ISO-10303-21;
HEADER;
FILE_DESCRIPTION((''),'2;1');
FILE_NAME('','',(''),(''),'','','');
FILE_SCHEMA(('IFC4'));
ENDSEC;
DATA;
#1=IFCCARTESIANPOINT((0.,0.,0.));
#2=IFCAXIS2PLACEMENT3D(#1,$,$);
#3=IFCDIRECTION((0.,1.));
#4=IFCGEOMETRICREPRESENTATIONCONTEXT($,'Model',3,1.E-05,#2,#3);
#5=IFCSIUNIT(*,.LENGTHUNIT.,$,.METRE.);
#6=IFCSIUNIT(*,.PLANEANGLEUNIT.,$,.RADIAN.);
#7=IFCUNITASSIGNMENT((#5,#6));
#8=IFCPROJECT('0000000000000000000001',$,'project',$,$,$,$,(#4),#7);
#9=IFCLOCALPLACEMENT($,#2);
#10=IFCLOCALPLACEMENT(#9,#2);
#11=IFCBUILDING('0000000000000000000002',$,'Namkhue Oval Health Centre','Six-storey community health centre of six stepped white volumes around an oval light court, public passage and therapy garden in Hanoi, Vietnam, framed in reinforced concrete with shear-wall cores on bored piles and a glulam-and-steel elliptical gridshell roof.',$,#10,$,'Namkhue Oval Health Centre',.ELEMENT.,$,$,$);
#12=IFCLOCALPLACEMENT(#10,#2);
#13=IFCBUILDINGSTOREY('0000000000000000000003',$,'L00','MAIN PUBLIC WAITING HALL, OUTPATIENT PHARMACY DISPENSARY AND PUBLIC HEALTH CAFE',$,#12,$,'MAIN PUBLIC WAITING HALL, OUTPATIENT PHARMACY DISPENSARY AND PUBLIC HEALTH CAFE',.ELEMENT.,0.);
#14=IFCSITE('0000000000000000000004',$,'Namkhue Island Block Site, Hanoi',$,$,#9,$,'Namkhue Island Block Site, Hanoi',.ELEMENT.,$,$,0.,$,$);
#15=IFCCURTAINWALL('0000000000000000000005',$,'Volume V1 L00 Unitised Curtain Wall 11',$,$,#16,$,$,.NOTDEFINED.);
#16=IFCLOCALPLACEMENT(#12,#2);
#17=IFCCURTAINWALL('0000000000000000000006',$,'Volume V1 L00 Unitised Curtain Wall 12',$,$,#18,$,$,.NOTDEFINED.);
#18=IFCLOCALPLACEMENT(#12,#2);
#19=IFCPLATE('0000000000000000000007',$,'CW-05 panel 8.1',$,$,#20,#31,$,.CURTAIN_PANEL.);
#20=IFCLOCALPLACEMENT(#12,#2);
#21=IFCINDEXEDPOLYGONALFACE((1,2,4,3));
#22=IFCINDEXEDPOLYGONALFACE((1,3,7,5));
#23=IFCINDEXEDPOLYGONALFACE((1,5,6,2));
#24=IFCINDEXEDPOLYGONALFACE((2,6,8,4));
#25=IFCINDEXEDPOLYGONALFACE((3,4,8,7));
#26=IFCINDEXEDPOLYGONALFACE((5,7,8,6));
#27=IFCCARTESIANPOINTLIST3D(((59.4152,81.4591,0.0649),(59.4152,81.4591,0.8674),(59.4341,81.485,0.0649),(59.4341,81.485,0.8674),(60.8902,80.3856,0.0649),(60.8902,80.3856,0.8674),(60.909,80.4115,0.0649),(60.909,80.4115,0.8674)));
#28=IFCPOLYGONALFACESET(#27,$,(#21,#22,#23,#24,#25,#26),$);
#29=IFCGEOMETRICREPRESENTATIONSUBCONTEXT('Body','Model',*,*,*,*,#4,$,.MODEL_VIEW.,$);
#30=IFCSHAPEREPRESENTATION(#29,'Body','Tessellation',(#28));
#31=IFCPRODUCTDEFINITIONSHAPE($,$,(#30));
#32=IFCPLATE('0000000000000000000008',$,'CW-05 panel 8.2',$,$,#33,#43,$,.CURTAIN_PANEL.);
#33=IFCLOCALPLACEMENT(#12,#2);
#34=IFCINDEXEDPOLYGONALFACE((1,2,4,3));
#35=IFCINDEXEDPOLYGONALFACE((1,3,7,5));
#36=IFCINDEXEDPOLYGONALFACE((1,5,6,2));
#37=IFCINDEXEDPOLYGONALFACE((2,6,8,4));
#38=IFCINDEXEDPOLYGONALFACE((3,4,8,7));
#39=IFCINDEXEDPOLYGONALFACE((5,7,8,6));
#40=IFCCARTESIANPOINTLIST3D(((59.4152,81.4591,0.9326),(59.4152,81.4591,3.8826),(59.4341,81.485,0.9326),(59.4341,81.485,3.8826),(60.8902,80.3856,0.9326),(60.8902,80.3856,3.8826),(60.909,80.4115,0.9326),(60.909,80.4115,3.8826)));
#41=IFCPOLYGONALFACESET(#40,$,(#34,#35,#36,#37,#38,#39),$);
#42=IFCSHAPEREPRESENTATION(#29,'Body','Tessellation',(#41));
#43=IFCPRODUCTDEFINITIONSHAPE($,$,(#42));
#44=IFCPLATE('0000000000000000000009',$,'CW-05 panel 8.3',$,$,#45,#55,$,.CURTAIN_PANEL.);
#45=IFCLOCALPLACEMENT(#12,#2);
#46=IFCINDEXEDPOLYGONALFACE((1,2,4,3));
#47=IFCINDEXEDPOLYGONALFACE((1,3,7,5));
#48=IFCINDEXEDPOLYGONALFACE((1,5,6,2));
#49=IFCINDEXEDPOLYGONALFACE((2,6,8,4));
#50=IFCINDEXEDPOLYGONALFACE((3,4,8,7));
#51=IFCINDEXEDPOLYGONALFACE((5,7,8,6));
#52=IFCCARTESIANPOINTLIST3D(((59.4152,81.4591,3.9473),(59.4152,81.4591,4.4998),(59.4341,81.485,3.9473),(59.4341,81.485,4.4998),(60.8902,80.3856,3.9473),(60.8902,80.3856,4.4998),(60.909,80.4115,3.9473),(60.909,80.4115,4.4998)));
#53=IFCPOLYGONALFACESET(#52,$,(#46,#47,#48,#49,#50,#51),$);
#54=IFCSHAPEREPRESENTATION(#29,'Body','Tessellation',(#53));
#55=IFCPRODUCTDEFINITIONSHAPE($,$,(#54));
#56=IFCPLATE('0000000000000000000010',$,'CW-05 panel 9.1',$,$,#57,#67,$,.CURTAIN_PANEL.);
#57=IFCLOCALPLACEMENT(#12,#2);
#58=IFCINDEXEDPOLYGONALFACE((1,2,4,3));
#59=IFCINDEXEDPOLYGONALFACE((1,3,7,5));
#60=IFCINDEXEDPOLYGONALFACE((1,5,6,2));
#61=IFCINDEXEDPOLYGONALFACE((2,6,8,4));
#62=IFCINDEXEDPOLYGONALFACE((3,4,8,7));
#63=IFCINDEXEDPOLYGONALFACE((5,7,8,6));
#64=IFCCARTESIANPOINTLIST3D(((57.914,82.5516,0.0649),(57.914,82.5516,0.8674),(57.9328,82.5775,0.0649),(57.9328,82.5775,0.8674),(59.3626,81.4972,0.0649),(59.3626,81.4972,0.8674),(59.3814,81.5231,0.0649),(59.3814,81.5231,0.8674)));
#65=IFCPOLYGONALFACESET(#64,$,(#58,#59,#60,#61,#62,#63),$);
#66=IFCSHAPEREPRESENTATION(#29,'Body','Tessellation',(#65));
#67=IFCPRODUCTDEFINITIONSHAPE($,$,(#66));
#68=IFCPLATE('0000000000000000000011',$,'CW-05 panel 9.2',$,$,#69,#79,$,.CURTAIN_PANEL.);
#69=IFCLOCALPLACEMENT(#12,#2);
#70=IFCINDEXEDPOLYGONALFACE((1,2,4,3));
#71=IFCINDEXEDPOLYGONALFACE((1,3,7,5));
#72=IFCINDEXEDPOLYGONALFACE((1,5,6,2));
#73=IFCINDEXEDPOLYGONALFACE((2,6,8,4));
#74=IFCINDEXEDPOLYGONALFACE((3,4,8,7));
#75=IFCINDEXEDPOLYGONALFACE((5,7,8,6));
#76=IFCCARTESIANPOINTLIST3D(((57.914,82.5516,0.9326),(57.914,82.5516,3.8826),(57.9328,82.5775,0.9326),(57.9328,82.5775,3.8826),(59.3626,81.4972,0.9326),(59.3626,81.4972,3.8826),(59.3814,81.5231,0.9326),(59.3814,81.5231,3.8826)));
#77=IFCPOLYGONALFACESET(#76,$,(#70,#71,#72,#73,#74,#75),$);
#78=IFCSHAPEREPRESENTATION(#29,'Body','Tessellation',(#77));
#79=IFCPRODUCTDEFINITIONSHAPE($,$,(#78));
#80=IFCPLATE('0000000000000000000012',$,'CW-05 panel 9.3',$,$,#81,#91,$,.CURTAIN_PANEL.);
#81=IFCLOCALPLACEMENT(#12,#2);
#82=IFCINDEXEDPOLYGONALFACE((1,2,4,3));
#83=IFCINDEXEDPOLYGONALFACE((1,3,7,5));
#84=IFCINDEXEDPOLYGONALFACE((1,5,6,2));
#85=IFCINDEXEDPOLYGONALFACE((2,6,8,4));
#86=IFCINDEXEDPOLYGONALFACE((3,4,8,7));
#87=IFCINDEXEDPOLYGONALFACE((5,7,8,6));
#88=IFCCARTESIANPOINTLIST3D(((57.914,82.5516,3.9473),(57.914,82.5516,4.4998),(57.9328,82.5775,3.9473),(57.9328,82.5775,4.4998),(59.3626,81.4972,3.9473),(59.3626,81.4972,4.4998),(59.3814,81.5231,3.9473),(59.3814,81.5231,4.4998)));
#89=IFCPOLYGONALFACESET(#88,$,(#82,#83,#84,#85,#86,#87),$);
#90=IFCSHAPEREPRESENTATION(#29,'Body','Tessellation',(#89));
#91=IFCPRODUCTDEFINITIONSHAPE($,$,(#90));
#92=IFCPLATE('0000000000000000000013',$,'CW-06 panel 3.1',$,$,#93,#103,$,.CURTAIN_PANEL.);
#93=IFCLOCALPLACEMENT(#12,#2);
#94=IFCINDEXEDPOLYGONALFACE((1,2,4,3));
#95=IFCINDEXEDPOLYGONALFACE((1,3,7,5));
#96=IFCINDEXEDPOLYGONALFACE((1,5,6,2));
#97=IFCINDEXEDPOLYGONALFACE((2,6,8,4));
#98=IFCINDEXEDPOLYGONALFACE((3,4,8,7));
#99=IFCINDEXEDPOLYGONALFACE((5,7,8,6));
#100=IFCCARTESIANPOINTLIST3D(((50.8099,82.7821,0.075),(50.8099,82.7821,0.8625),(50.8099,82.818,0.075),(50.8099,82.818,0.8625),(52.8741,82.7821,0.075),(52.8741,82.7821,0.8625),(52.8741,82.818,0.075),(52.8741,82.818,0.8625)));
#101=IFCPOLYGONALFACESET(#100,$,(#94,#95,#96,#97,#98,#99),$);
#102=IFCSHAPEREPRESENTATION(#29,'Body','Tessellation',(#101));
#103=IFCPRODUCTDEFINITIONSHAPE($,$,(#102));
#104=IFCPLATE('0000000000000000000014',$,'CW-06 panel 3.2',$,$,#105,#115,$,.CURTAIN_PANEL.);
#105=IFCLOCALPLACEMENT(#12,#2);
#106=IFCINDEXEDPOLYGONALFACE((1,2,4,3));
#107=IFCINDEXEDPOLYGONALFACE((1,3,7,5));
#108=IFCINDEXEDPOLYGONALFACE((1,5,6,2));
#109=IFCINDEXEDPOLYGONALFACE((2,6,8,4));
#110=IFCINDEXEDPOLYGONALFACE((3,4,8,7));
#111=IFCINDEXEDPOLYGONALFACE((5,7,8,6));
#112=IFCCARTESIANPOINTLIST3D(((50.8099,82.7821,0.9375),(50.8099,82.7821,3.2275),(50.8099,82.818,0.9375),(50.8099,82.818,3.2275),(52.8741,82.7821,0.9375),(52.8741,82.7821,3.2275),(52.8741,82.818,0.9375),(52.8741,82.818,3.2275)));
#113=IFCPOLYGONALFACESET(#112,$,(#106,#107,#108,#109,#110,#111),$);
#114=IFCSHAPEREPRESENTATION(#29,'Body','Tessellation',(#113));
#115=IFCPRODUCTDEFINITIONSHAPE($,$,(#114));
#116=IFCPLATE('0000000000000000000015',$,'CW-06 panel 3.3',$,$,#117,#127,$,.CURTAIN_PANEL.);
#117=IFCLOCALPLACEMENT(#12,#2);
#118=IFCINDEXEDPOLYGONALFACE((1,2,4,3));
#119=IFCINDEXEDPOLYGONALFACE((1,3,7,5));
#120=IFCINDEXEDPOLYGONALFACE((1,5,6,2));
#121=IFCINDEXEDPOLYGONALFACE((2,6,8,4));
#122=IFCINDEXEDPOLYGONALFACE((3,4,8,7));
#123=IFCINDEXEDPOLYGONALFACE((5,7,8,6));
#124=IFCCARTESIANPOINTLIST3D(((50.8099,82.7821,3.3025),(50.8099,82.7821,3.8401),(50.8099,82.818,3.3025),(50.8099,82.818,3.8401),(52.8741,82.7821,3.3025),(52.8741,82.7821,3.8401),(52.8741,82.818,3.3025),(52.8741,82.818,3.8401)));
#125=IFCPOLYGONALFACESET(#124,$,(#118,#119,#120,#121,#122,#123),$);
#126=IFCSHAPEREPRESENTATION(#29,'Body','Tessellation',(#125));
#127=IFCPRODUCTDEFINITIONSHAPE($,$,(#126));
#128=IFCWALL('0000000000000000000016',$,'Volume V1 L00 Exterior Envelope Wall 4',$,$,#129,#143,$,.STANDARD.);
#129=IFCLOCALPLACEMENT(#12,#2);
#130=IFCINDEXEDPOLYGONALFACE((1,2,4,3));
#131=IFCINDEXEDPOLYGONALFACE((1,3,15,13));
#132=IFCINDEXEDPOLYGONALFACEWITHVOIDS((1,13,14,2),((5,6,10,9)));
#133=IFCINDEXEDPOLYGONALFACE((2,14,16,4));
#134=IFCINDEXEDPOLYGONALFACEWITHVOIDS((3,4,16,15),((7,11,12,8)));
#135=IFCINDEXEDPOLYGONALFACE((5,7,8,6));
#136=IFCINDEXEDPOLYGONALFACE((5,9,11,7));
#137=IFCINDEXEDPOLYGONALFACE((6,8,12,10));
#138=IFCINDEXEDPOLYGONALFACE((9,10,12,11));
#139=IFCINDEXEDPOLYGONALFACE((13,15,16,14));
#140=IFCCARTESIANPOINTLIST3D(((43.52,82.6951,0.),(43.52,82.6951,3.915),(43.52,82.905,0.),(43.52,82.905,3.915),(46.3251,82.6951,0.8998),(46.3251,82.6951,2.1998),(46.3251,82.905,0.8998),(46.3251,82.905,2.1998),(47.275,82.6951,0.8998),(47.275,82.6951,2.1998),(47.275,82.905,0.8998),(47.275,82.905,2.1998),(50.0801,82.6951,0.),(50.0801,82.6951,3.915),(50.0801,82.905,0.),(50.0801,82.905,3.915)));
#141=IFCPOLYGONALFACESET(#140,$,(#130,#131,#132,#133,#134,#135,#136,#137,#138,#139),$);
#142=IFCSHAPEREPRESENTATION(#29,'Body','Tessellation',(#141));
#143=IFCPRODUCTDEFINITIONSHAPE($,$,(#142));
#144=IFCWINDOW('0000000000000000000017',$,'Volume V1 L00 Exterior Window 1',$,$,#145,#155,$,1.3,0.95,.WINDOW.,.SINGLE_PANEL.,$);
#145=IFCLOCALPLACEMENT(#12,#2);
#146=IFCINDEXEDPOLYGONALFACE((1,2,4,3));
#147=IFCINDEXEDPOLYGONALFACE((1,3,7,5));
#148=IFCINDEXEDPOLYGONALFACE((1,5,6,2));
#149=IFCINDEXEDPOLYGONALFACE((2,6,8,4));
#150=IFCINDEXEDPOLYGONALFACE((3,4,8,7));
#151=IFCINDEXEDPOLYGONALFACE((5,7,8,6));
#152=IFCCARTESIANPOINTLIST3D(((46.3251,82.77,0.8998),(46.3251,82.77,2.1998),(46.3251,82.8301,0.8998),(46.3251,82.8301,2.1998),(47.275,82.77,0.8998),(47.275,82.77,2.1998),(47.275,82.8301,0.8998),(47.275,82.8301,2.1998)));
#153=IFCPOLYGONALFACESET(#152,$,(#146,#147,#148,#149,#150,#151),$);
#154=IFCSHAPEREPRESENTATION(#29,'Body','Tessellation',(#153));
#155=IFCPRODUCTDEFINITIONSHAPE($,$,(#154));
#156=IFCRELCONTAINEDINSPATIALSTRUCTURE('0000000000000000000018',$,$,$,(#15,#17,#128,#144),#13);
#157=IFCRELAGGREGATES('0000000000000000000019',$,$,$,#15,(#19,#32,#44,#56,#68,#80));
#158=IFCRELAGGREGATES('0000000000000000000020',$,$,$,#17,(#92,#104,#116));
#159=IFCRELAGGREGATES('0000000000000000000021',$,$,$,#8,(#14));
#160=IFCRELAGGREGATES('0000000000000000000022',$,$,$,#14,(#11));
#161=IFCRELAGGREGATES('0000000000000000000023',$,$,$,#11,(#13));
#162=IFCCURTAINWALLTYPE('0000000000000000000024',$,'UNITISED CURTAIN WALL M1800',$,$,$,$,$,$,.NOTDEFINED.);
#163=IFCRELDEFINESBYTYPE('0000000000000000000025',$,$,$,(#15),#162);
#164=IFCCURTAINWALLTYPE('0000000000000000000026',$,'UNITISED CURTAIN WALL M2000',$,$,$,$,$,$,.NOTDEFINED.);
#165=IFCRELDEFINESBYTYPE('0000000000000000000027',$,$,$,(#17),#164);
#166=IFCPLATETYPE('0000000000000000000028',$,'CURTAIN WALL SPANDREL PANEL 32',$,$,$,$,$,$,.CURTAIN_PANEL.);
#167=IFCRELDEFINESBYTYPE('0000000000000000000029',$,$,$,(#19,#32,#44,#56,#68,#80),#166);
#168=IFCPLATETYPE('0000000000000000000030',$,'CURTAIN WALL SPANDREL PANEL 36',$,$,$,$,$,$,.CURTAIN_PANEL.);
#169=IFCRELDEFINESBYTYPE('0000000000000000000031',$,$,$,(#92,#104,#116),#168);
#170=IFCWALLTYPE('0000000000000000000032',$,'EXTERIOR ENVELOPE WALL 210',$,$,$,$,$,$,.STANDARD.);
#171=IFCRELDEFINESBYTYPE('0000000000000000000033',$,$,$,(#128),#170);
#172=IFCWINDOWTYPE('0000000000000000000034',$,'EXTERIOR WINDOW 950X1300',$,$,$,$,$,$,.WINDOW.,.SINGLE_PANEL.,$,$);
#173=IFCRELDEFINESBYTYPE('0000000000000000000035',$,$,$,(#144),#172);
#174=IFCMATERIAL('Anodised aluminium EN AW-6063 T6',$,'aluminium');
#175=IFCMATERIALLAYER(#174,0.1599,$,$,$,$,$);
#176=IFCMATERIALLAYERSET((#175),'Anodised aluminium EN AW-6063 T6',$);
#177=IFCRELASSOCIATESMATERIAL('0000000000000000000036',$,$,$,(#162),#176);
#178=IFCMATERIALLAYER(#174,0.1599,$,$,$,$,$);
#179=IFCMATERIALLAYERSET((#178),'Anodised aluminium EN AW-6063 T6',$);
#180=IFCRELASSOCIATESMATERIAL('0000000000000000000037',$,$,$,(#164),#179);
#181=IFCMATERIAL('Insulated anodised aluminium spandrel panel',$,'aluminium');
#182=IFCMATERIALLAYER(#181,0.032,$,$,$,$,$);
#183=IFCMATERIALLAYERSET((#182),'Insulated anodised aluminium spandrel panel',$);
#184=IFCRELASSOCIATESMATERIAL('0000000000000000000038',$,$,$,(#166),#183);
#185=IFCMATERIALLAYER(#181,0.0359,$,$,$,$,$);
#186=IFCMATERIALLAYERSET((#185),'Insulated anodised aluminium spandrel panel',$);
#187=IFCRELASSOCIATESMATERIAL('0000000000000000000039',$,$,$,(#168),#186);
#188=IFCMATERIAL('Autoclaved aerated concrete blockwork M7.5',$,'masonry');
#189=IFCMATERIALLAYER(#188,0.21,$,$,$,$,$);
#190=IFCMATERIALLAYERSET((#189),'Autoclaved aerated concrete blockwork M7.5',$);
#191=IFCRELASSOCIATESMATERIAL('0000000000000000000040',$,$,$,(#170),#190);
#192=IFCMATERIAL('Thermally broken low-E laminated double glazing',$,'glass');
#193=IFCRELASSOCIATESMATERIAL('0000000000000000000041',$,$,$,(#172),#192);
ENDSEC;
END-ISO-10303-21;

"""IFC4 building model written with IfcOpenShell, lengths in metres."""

from ifc_helpers import new_model, si_unit, direction, frame, frame_2d, origin, origin_2d, place, context, subcontext, project, spatial, rectangle, extrude, material, layer, layer_set, type_object, element, fill, aggregate, save


model = new_model("IFC4")

# Units and contexts
model_context = context("Model", 3, precision=1e-05, world=origin(), true_north=direction((0.0, 1.0)))
body_context = subcontext(model_context, "Body", "Model", "MODEL_VIEW")
ifc_project = project(units=[si_unit("LENGTHUNIT", "METRE"), si_unit("PLANEANGLEUNIT", "RADIAN")], contexts=[model_context])

# Site, building, storey
site_placement = place(None, origin())
site = spatial("IfcSite", under=ifc_project, at=site_placement, Name="Namkhue Island Block Site, Hanoi", LongName="Namkhue Island Block Site, Hanoi", CompositionType="ELEMENT", RefElevation=0.0)
building_placement = place(site_placement, origin())
building = spatial("IfcBuilding", under=site, at=building_placement, Name="Namkhue Oval Health Centre", Description="Six-storey community health centre of six stepped white volumes around an oval light court, public passage and therapy garden in Hanoi, Vietnam, framed in reinforced concrete with shear-wall cores on bored piles and a glulam-and-steel elliptical gridshell roof.", LongName="Namkhue Oval Health Centre", CompositionType="ELEMENT")
storey_placement = place(building_placement, origin())
storey = spatial("IfcBuildingStorey", under=building, at=storey_placement, Name="L00", Description="MAIN PUBLIC WAITING HALL, OUTPATIENT PHARMACY DISPENSARY AND PUBLIC HEALTH CAFE", LongName="MAIN PUBLIC WAITING HALL, OUTPATIENT PHARMACY DISPENSARY AND PUBLIC HEALTH CAFE", CompositionType="ELEMENT", Elevation=0.0)

# Curtain wall
ifc_material_1 = material(Name="Anodised aluminium EN AW-6063 T6", Category="aluminium")
ifc_layer_1 = layer(ifc_material_1, 0.1599)
ifc_layer_set_1 = layer_set([ifc_layer_1], Name="Anodised aluminium EN AW-6063 T6")
curtain_wall_type_1 = type_object("IfcCurtainWallType", Name="UNITISED CURTAIN WALL M1800", PredefinedType="NOTDEFINED", material=ifc_layer_set_1)
curtain_wall_1_placement = place(storey_placement, origin())
curtain_wall_1 = element("IfcCurtainWall", 1, at=curtain_wall_1_placement, inside=storey, type_object=curtain_wall_type_1, Name="Volume V1 L00 Unitised Curtain Wall 11", PredefinedType="NOTDEFINED")

# Curtain wall
ifc_layer_2 = layer(ifc_material_1, 0.1599)
ifc_layer_set_2 = layer_set([ifc_layer_2], Name="Anodised aluminium EN AW-6063 T6")
curtain_wall_type_2 = type_object("IfcCurtainWallType", Name="UNITISED CURTAIN WALL M2000", PredefinedType="NOTDEFINED", material=ifc_layer_set_2)
curtain_wall_2_placement = place(storey_placement, origin())
curtain_wall_2 = element("IfcCurtainWall", 2, at=curtain_wall_2_placement, inside=storey, type_object=curtain_wall_type_2, Name="Volume V1 L00 Unitised Curtain Wall 12", PredefinedType="NOTDEFINED")

# Plates
ifc_material_2 = material(Name="Insulated anodised aluminium spandrel panel", Category="aluminium")
ifc_layer_3 = layer(ifc_material_2, 0.032)
ifc_layer_set_3 = layer_set([ifc_layer_3], Name="Insulated anodised aluminium spandrel panel")
plate_type_1 = type_object("IfcPlateType", Name="CURTAIN WALL SPANDREL PANEL 32", PredefinedType="CURTAIN_PANEL", material=ifc_layer_set_3)
plate_1_placement = place(storey_placement, frame((60.1621, 80.9353, 0.0649), z_axis=(0.0, 0.0, 1.0), x_axis=(-0.808514, 0.588477, 0.0)))
plate_1 = element("IfcPlate", 3, at=plate_1_placement, type_object=plate_type_1, Name="CW-05 panel 8.1", PredefinedType="CURTAIN_PANEL", context=body_context, shape_type="SweptSolid", body=[
    extrude(rectangle(XDim=1.8242, YDim=0.032, at=origin_2d()), origin(), (0.0, 0.0, 1.0), 0.8025),
])
plate_2_placement = place(storey_placement, frame((60.1621, 80.9353, 0.9326), z_axis=(0.0, 0.0, 1.0), x_axis=(-0.808514, 0.588477, 0.0)))
plate_2 = element("IfcPlate", 4, at=plate_2_placement, type_object=plate_type_1, Name="CW-05 panel 8.2", PredefinedType="CURTAIN_PANEL", context=body_context, shape_type="SweptSolid", body=[
    extrude(rectangle(XDim=1.8242, YDim=0.032, at=origin_2d()), origin(), (0.0, 0.0, 1.0), 2.95),
])
plate_3_placement = place(storey_placement, frame((60.1621, 80.9353, 3.9473), z_axis=(0.0, 0.0, 1.0), x_axis=(-0.808514, 0.588477, 0.0)))
plate_3 = element("IfcPlate", 5, at=plate_3_placement, type_object=plate_type_1, Name="CW-05 panel 8.3", PredefinedType="CURTAIN_PANEL", context=body_context, shape_type="SweptSolid", body=[
    extrude(rectangle(XDim=1.8242, YDim=0.032, at=origin_2d()), origin(), (0.0, 0.0, 1.0), 0.5525),
])
plate_4_placement = place(storey_placement, frame((58.6477, 82.0374, 0.0649), z_axis=(0.0, 0.0, 1.0), x_axis=(-0.808514, 0.588477, 0.0)))
plate_4 = element("IfcPlate", 6, at=plate_4_placement, type_object=plate_type_1, Name="CW-05 panel 9.1", PredefinedType="CURTAIN_PANEL", context=body_context, shape_type="SweptSolid", body=[
    extrude(rectangle(XDim=1.7917, YDim=0.032, at=origin_2d()), origin(), (0.0, 0.0, 1.0), 0.8025),
])
plate_5_placement = place(storey_placement, frame((58.6477, 82.0374, 0.9326), z_axis=(0.0, 0.0, 1.0), x_axis=(-0.808514, 0.588477, 0.0)))
plate_5 = element("IfcPlate", 7, at=plate_5_placement, type_object=plate_type_1, Name="CW-05 panel 9.2", PredefinedType="CURTAIN_PANEL", context=body_context, shape_type="SweptSolid", body=[
    extrude(rectangle(XDim=1.7917, YDim=0.032, at=origin_2d()), origin(), (0.0, 0.0, 1.0), 2.95),
])
plate_6_placement = place(storey_placement, frame((58.6477, 82.0374, 3.9473), z_axis=(0.0, 0.0, 1.0), x_axis=(-0.808514, 0.588477, 0.0)))
plate_6 = element("IfcPlate", 8, at=plate_6_placement, type_object=plate_type_1, Name="CW-05 panel 9.3", PredefinedType="CURTAIN_PANEL", context=body_context, shape_type="SweptSolid", body=[
    extrude(rectangle(XDim=1.7917, YDim=0.032, at=origin_2d()), origin(), (0.0, 0.0, 1.0), 0.5525),
])
aggregate(curtain_wall_1, [plate_1, plate_2, plate_3, plate_4, plate_5, plate_6])
ifc_layer_4 = layer(ifc_material_2, 0.0359)
ifc_layer_set_4 = layer_set([ifc_layer_4], Name="Insulated anodised aluminium spandrel panel")
plate_type_2 = type_object("IfcPlateType", Name="CURTAIN WALL SPANDREL PANEL 36", PredefinedType="CURTAIN_PANEL", material=ifc_layer_set_4)
plate_7_placement = place(storey_placement, frame((51.842, 82.8, 0.075), z_axis=(0.0, 0.0, 1.0), x_axis=(-1.0, 0.0, 0.0)))
plate_7 = element("IfcPlate", 9, at=plate_7_placement, type_object=plate_type_2, Name="CW-06 panel 3.1", PredefinedType="CURTAIN_PANEL", context=body_context, shape_type="SweptSolid", body=[
    extrude(rectangle(XDim=2.0642, YDim=0.0359, at=origin_2d()), origin(), (0.0, 0.0, 1.0), 0.7876),
])
plate_8_placement = place(storey_placement, frame((51.842, 82.8, 0.9375), z_axis=(0.0, 0.0, 1.0), x_axis=(-1.0, 0.0, 0.0)))
plate_8 = element("IfcPlate", 10, at=plate_8_placement, type_object=plate_type_2, Name="CW-06 panel 3.2", PredefinedType="CURTAIN_PANEL", context=body_context, shape_type="SweptSolid", body=[
    extrude(rectangle(XDim=2.0642, YDim=0.0359, at=origin_2d()), origin(), (0.0, 0.0, 1.0), 2.29),
])
plate_9_placement = place(storey_placement, frame((51.842, 82.8, 3.3025), z_axis=(0.0, 0.0, 1.0), x_axis=(-1.0, 0.0, 0.0)))
plate_9 = element("IfcPlate", 11, at=plate_9_placement, type_object=plate_type_2, Name="CW-06 panel 3.3", PredefinedType="CURTAIN_PANEL", context=body_context, shape_type="SweptSolid", body=[
    extrude(rectangle(XDim=2.0642, YDim=0.0359, at=origin_2d()), origin(), (0.0, 0.0, 1.0), 0.5376),
])
aggregate(curtain_wall_2, [plate_7, plate_8, plate_9])

# Wall, opening, window
ifc_material_3 = material(Name="Autoclaved aerated concrete blockwork M7.5", Category="masonry")
ifc_layer_5 = layer(ifc_material_3, 0.21)
ifc_layer_set_5 = layer_set([ifc_layer_5], Name="Autoclaved aerated concrete blockwork M7.5")
wall_type = type_object("IfcWallType", Name="EXTERIOR ENVELOPE WALL 210", PredefinedType="STANDARD", material=ifc_layer_set_5)
wall_placement = place(storey_placement, frame((50.0801, 82.8, 0.0), z_axis=(0.0, 0.0, 1.0), x_axis=(-1.0, 0.0, 0.0)))
wall = element("IfcWall", 12, at=wall_placement, inside=storey, type_object=wall_type, Name="Volume V1 L00 Exterior Envelope Wall 4", PredefinedType="STANDARD", context=body_context, shape_type="SweptSolid", body=[
    extrude(rectangle(XDim=6.5601, YDim=0.21, at=frame_2d((3.28, 0.0))), origin(), (0.0, 0.0, 1.0), 3.915),
])
opening_placement = place(wall_placement, frame((2.8049, 0.0, 0.8999)))
opening = element("IfcOpeningElement", 13, at=opening_placement, cuts=wall, PredefinedType="OPENING", context=body_context, shape_type="SweptSolid", body=[
    extrude(rectangle(XDim=0.95, YDim=1.3, at=frame_2d((0.4751, 0.6499))), frame((0.0, 0.115, 0.0), z_axis=(0.0, -1.0, 0.0), x_axis=(1.0, 0.0, 0.0)), (0.0, 0.0, 1.0), 0.23),
])
ifc_material_4 = material(Name="Thermally broken low-E laminated double glazing", Category="glass")
window_type = type_object("IfcWindowType", Name="EXTERIOR WINDOW 950X1300", PartitioningType="SINGLE_PANEL", PredefinedType="WINDOW", material=ifc_material_4)
window_placement = place(opening_placement, origin())
window = element("IfcWindow", 14, at=window_placement, inside=storey, type_object=window_type, Name="Volume V1 L00 Exterior Window 1", OverallHeight=1.3, OverallWidth=0.95, PartitioningType="SINGLE_PANEL", PredefinedType="WINDOW", context=body_context, shape_type="SweptSolid", body=[
    extrude(rectangle(XDim=0.95, YDim=1.3, at=frame_2d((0.4751, 0.6499))), frame((0.0, 0.03, 0.0), z_axis=(0.0, -1.0, 0.0), x_axis=(1.0, 0.0, 0.0)), (0.0, 0.0, 1.0), 0.0601),
])
fill(opening, window)

save(model, "model.ifc")
